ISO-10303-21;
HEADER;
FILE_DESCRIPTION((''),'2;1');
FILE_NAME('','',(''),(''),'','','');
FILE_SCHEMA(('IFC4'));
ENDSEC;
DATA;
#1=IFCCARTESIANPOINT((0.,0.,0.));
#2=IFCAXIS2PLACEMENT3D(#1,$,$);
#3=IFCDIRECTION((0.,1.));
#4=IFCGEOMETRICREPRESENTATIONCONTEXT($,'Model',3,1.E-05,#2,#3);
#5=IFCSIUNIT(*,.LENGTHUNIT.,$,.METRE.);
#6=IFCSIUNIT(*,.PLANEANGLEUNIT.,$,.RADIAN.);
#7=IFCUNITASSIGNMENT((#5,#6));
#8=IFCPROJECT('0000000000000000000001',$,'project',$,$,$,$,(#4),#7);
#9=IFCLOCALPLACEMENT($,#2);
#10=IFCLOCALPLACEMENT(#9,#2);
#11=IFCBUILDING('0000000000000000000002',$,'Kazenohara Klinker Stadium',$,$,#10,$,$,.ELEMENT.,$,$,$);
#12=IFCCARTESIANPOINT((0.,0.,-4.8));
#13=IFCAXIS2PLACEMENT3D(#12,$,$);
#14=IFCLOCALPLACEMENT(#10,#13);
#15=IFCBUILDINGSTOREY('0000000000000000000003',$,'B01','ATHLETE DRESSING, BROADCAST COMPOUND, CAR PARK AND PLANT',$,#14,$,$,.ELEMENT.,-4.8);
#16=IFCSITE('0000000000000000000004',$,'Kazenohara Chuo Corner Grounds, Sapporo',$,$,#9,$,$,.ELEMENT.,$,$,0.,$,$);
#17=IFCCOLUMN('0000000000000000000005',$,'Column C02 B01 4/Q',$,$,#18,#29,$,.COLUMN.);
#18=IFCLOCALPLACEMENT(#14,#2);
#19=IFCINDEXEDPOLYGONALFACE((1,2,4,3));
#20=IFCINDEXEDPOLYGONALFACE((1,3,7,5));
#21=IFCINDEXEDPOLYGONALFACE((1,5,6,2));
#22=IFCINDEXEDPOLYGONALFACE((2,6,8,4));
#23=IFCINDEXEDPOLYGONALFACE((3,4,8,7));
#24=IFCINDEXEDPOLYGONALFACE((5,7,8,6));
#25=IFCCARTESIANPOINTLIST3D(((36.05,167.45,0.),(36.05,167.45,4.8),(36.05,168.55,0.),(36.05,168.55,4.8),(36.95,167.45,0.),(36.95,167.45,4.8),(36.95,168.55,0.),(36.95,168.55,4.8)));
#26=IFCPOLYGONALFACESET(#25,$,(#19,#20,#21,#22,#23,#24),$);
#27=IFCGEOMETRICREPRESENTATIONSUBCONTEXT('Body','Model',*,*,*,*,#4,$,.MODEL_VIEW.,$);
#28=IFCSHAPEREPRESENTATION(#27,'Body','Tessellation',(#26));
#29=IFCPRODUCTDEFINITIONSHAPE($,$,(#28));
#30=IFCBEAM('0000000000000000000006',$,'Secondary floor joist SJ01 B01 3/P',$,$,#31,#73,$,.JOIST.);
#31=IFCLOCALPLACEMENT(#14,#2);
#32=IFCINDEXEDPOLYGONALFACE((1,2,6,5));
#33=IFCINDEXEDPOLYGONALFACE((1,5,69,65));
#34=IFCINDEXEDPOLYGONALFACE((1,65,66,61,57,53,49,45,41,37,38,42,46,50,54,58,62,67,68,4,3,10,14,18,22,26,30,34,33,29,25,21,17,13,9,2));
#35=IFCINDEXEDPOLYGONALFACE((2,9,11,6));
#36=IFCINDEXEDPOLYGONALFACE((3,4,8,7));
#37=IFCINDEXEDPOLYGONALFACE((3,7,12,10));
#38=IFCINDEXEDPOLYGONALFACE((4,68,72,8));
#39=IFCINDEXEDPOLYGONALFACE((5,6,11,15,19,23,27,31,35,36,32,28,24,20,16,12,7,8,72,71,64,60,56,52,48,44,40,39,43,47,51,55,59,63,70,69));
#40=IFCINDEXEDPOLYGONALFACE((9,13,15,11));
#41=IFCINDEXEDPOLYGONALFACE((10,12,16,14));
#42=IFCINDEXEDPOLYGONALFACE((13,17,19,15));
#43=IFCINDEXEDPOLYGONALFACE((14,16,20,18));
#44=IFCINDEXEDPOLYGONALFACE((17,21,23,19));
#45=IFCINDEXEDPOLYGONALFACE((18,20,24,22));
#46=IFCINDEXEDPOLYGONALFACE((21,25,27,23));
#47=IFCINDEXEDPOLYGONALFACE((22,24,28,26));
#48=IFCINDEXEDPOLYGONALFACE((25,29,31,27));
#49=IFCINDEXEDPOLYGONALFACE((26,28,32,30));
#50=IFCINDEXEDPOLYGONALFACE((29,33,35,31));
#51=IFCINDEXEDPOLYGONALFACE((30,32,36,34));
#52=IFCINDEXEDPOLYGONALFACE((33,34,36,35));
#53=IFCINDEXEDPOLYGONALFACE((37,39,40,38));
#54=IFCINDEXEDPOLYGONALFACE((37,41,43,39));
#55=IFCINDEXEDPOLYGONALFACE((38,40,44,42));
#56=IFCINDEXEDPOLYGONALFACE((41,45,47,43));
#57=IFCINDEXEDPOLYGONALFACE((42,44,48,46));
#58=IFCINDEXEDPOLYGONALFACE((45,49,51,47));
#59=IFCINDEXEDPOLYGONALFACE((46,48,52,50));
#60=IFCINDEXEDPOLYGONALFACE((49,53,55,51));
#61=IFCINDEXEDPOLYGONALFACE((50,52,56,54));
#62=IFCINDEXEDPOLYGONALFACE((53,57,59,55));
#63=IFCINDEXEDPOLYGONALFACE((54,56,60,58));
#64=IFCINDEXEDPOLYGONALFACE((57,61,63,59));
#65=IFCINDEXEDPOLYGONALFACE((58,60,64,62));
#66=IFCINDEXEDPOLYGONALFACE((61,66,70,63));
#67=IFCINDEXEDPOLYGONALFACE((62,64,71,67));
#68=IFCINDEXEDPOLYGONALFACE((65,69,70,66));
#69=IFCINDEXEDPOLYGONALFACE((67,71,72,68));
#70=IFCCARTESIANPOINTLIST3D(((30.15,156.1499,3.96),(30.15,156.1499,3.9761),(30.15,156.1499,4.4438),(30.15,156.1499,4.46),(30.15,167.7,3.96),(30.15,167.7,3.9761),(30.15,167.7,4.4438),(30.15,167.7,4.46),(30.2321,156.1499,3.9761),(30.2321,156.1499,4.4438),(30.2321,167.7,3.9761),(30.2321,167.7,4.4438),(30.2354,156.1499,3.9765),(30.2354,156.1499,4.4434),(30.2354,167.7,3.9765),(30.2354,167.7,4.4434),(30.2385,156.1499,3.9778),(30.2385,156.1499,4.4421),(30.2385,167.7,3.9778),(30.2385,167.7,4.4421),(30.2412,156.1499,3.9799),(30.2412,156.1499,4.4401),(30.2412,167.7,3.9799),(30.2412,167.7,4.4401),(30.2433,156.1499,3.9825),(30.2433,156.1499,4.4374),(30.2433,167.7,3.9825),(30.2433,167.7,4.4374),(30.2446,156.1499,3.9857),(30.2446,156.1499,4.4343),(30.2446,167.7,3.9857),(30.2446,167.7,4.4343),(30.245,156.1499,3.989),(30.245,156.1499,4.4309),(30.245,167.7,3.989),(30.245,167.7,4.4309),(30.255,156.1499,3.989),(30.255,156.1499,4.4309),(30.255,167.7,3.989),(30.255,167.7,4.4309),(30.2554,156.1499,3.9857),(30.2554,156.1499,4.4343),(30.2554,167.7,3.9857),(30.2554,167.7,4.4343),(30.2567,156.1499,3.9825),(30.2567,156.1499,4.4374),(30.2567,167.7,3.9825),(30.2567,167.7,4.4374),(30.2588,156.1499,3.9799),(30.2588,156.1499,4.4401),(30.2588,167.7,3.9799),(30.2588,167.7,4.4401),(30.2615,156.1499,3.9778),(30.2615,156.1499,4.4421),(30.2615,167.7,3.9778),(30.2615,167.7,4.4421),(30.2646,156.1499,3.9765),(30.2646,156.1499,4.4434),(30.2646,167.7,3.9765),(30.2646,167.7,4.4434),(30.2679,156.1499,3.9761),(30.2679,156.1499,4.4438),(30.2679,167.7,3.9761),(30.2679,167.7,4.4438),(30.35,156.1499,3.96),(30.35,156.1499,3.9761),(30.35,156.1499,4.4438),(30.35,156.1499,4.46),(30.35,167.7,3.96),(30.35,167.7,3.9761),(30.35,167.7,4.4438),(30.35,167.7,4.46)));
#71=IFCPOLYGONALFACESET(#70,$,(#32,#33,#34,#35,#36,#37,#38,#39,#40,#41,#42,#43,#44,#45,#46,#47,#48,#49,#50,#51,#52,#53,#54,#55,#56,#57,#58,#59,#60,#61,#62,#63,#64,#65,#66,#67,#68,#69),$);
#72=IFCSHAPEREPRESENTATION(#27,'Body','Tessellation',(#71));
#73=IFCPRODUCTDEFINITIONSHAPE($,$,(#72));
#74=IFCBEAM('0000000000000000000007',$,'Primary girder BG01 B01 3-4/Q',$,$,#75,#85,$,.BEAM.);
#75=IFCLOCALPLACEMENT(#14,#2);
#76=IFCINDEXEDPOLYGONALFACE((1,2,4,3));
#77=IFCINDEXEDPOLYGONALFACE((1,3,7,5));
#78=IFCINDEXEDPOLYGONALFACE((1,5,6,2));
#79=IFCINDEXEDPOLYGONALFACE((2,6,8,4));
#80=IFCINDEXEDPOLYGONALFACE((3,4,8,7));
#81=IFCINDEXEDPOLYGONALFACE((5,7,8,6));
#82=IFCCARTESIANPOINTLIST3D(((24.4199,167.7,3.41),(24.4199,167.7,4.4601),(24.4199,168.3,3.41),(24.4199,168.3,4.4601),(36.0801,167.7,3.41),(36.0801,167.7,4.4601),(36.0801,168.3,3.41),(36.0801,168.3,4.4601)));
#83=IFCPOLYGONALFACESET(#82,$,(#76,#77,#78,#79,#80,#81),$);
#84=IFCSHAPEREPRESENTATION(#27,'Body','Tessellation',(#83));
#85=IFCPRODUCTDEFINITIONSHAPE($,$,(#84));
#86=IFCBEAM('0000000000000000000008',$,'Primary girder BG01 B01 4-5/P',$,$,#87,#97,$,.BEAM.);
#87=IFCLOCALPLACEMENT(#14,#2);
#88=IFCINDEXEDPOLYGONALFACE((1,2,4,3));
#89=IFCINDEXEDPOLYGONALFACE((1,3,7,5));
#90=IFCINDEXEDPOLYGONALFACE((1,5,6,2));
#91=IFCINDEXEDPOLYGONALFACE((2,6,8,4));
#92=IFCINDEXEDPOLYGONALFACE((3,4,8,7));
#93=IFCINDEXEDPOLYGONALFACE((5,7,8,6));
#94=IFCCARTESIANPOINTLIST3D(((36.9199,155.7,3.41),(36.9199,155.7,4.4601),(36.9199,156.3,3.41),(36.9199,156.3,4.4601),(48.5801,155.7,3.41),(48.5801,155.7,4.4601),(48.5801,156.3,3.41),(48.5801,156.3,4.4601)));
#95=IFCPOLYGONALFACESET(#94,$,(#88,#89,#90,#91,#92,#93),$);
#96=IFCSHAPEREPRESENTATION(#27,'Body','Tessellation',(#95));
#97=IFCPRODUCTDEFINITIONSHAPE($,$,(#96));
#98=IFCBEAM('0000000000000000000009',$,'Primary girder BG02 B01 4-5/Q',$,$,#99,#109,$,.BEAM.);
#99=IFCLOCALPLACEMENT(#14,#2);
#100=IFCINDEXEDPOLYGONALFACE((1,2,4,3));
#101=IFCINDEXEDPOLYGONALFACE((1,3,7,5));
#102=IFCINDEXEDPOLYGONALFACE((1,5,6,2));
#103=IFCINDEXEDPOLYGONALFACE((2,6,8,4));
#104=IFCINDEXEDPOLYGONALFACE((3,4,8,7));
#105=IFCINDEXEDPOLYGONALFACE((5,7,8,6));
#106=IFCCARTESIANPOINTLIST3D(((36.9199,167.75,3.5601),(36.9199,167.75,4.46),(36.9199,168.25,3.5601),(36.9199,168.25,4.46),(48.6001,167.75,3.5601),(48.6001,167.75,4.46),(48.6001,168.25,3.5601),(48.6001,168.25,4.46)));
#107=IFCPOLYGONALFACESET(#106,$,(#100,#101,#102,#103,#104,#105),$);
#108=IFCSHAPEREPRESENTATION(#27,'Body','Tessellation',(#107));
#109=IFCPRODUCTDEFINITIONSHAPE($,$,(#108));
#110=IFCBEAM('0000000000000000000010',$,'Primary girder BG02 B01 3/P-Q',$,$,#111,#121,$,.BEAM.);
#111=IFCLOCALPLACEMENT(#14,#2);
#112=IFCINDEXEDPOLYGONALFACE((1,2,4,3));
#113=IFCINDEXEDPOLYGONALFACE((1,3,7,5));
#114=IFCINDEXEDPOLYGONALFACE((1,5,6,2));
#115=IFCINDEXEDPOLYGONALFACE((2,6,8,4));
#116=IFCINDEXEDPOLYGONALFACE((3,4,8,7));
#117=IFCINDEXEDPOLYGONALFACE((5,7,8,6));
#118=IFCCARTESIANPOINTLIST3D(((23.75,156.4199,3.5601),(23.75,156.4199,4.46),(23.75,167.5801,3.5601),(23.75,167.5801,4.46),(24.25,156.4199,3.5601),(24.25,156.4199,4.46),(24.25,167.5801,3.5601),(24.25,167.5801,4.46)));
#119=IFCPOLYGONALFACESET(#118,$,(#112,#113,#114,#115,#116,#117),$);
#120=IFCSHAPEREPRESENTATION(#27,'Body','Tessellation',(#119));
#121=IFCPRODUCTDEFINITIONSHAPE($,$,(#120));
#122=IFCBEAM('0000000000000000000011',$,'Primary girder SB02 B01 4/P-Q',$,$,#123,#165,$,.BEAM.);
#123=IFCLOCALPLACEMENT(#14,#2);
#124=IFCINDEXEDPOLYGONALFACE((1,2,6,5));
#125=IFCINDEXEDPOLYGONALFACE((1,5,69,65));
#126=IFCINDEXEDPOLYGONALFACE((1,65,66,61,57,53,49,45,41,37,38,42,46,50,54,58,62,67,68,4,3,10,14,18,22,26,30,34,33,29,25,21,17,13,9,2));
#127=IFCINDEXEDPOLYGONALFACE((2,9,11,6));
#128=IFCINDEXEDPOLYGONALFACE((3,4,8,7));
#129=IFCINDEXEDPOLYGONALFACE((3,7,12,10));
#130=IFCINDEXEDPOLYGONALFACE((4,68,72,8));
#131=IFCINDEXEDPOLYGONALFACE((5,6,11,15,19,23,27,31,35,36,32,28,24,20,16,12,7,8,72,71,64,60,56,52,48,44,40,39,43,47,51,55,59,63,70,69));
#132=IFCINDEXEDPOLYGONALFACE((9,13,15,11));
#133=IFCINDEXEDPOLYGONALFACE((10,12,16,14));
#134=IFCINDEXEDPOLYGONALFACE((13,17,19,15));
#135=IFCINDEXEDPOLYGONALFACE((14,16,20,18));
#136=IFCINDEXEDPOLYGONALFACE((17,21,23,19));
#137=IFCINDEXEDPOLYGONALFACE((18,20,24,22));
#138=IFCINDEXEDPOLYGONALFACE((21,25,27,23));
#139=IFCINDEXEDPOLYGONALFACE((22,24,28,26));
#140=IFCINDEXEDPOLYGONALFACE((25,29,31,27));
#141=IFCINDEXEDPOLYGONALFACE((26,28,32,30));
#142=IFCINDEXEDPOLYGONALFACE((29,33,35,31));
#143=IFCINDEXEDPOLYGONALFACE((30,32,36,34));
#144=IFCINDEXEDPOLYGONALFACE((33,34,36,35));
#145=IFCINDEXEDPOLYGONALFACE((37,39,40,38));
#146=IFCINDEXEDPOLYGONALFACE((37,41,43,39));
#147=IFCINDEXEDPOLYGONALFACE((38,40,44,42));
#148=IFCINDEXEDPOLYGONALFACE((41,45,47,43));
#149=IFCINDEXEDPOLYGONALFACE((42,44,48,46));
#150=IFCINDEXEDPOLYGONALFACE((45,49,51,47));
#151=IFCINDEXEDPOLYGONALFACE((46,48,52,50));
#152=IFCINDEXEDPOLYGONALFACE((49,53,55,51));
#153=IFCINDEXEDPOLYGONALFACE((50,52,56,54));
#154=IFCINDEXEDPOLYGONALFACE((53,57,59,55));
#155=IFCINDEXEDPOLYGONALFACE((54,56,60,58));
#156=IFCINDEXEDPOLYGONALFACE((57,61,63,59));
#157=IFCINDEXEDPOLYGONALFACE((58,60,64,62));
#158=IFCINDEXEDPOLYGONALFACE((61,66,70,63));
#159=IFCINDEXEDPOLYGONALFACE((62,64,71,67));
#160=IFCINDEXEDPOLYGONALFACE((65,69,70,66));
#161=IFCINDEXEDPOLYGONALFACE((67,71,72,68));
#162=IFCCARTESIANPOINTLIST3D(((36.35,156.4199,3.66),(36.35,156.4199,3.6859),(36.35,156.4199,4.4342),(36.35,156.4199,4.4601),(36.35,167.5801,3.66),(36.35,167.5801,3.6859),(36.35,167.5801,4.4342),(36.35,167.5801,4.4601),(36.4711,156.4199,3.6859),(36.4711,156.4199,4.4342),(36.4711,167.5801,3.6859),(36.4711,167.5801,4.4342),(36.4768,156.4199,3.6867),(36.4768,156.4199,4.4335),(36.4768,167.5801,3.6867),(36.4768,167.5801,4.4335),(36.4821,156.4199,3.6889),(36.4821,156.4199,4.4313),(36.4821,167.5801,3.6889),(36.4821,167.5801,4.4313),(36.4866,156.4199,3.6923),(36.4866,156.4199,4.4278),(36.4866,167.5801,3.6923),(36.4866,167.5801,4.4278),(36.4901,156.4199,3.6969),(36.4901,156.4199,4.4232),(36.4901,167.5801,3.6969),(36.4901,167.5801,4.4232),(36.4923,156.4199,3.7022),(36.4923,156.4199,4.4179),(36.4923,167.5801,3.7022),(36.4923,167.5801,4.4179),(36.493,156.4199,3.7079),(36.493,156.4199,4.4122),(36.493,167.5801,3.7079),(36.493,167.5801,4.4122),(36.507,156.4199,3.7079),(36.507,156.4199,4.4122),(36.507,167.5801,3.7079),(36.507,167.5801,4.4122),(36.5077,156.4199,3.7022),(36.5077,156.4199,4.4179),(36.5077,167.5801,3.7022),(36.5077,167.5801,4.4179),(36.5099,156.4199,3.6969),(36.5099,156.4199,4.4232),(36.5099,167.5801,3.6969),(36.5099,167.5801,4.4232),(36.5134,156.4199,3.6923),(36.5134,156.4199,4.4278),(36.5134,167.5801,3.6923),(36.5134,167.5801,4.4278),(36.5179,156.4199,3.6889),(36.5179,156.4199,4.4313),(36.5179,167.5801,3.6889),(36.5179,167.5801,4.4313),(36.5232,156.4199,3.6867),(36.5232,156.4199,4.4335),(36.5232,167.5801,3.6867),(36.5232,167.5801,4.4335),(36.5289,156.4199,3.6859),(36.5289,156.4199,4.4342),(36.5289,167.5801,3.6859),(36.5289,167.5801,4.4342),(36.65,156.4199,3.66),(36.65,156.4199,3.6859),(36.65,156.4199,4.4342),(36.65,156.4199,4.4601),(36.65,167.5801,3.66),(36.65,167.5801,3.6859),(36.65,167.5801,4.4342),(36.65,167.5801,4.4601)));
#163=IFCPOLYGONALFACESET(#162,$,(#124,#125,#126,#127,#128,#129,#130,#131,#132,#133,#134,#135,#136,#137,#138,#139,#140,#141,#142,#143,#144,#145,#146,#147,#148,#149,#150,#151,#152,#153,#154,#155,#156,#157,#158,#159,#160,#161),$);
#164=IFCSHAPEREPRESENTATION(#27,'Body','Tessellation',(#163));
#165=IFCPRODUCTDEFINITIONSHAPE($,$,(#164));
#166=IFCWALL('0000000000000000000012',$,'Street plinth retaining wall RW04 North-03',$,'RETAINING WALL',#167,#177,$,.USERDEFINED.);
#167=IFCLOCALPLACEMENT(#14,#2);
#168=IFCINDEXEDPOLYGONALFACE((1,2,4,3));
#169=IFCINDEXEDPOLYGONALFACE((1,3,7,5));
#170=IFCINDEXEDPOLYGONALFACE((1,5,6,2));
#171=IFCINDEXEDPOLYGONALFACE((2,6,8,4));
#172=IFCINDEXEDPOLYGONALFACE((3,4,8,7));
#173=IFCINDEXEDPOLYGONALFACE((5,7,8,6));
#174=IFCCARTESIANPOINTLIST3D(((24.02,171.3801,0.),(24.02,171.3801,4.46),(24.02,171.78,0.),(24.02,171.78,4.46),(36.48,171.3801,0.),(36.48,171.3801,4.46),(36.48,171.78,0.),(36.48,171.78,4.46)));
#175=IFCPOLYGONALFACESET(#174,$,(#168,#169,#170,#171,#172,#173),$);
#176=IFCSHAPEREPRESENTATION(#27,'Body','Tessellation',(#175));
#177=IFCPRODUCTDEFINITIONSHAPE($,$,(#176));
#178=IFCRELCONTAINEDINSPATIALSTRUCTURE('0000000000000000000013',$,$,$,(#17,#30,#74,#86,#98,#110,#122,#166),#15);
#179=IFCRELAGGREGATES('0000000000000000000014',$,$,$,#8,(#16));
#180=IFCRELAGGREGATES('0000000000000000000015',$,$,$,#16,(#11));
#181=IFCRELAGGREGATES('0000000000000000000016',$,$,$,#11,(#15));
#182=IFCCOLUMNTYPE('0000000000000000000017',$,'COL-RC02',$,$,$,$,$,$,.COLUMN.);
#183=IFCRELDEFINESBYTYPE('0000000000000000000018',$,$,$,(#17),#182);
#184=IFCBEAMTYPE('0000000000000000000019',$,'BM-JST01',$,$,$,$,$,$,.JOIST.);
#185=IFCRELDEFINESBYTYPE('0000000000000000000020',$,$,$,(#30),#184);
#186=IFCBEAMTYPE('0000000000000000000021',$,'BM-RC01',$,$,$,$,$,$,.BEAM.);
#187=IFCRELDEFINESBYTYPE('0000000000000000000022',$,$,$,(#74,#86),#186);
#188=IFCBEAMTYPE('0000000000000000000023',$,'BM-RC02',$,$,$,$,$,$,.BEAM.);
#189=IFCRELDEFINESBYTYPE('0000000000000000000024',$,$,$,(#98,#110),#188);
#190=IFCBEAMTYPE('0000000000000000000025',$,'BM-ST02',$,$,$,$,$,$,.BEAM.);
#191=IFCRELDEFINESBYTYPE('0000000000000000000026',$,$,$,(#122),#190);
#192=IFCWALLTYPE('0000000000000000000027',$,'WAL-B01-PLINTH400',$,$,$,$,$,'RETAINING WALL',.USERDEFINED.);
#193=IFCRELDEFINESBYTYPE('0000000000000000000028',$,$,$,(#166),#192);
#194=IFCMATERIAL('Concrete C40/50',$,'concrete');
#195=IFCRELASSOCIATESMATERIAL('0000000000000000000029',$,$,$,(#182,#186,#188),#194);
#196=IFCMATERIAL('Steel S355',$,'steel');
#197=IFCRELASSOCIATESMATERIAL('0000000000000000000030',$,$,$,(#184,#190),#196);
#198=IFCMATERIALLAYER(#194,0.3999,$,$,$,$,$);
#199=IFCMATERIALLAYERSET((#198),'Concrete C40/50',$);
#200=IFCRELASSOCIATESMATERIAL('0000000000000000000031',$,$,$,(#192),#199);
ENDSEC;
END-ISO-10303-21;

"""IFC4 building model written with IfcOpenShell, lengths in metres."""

from ifc_helpers import new_model, si_unit, direction, frame, frame_2d, origin, origin_2d, place, context, subcontext, project, spatial, rectangle, i_section, extrude, material, layer, layer_set, material_profile, profile_set, type_object, element, save


model = new_model("IFC4")

# Units and contexts
model_context = context("Model", 3, precision=1e-05, world=origin(), true_north=direction((0.0, 1.0)))
body_context = subcontext(model_context, "Body", "Model", "MODEL_VIEW")
ifc_project = project(units=[si_unit("LENGTHUNIT", "METRE"), si_unit("PLANEANGLEUNIT", "RADIAN")], contexts=[model_context])

# Site, building, storey
site_placement = place(None, origin())
site = spatial("IfcSite", under=ifc_project, at=site_placement, Name="Kazenohara Chuo Corner Grounds, Sapporo", CompositionType="ELEMENT", RefElevation=0.0)
building_placement = place(site_placement, origin())
building = spatial("IfcBuilding", under=site, at=building_placement, Name="Kazenohara Klinker Stadium", CompositionType="ELEMENT")
storey_placement = place(building_placement, frame((0.0, 0.0, -4.8)))
storey = spatial("IfcBuildingStorey", under=building, at=storey_placement, Name="B01", Description="ATHLETE DRESSING, BROADCAST COMPOUND, CAR PARK AND PLANT", CompositionType="ELEMENT", Elevation=-4.8)

# Column
ifc_material_1 = material(Name="Concrete C40/50", Category="concrete")
ifc_material_profile_1 = material_profile(ifc_material_1, rectangle(XDim=0.8999, YDim=1.1001, at=origin_2d()), Name="RC-COL-1100x900")
ifc_profile_set_1 = profile_set([ifc_material_profile_1], Name="Concrete C40/50")
column_type_1 = type_object("IfcColumnType", Name="COL-RC02", PredefinedType="COLUMN", material=ifc_profile_set_1)
column_placement = place(storey_placement, frame((36.5, 168.0, 0.0), z_axis=(0.0, 0.0, 1.0), x_axis=(1.0, 0.0, 0.0)))
element("IfcColumn", 1, at=column_placement, inside=storey, type_object=column_type_1, Name="Column C02 B01 4/Q", PredefinedType="COLUMN", context=body_context, shape_type="SweptSolid", body=[
    extrude(rectangle(XDim=0.8999, YDim=1.1001, at=origin_2d()), origin(), (0.0, 0.0, 1.0), 4.8),
])

# Beams
ifc_material_2 = material(Name="Steel S355", Category="steel")
ifc_material_profile_2 = material_profile(ifc_material_2, i_section(OverallWidth=0.2, OverallDepth=0.5, WebThickness=0.01, FlangeThickness=0.0161, FilletRadius=0.0129, at=origin_2d()), Name="H-500x200x10x16")
ifc_profile_set_2 = profile_set([ifc_material_profile_2], Name="Steel S355")
beam_type_1 = type_object("IfcBeamType", Name="BM-JST01", PredefinedType="JOIST", material=ifc_profile_set_2)
beam_1_placement = place(storey_placement, frame((30.25, 156.1499, 4.21), z_axis=(0.0, 1.0, 0.0), x_axis=(-1.0, 0.0, 0.0)))
element("IfcBeam", 2, at=beam_1_placement, inside=storey, type_object=beam_type_1, Name="Secondary floor joist SJ01 B01 3/P", PredefinedType="JOIST", context=body_context, shape_type="SweptSolid", body=[
    extrude(i_section(OverallWidth=0.2, OverallDepth=0.5, WebThickness=0.01, FlangeThickness=0.0161, FilletRadius=0.0129, at=origin_2d()), origin(), (0.0, 0.0, 1.0), 11.55),
])
ifc_material_profile_3 = material_profile(ifc_material_1, rectangle(XDim=0.6001, YDim=1.05, at=origin_2d()), Name="RC-BM-600x1050")
ifc_profile_set_3 = profile_set([ifc_material_profile_3], Name="Concrete C40/50")
beam_type_2 = type_object("IfcBeamType", Name="BM-RC01", PredefinedType="BEAM", material=ifc_profile_set_3)
for number, where, z_axis, x_axis, name in (
    (3, (24.4199, 168.0, 3.9351), (1.0, 0.0, 0.0), (0.0, 1.0, 0.0), "Primary girder BG01 B01 3-4/Q"),
    (4, (36.9199, 156.0, 3.9351), (1.0, 0.0, 0.0), (0.0, 1.0, 0.0), "Primary girder BG01 B01 4-5/P"),
):
    element("IfcBeam", number, at=place(storey_placement, frame(where, z_axis=z_axis, x_axis=x_axis)), inside=storey, type_object=beam_type_2, Name=name, PredefinedType="BEAM", context=body_context, shape_type="SweptSolid", body=[
        extrude(rectangle(XDim=0.6001, YDim=1.05, at=origin_2d()), origin(), (0.0, 0.0, 1.0), 11.6602),
    ])
ifc_material_profile_4 = material_profile(ifc_material_1, rectangle(XDim=0.5, YDim=0.8999, at=origin_2d()), Name="RC-BM-500x900")
ifc_profile_set_4 = profile_set([ifc_material_profile_4], Name="Concrete C40/50")
beam_type_3 = type_object("IfcBeamType", Name="BM-RC02", PredefinedType="BEAM", material=ifc_profile_set_4)
beam_2_placement = place(storey_placement, frame((36.9199, 168.0, 4.01), z_axis=(1.0, 0.0, 0.0), x_axis=(0.0, 1.0, 0.0)))
element("IfcBeam", 5, at=beam_2_placement, inside=storey, type_object=beam_type_3, Name="Primary girder BG02 B01 4-5/Q", PredefinedType="BEAM", context=body_context, shape_type="SweptSolid", body=[
    extrude(rectangle(XDim=0.5, YDim=0.8999, at=origin_2d()), origin(), (0.0, 0.0, 1.0), 11.6802),
])
beam_3_placement = place(storey_placement, frame((24.0, 156.4199, 4.01), z_axis=(0.0, 1.0, 0.0), x_axis=(-1.0, 0.0, 0.0)))
element("IfcBeam", 6, at=beam_3_placement, inside=storey, type_object=beam_type_3, Name="Primary girder BG02 B01 3/P-Q", PredefinedType="BEAM", context=body_context, shape_type="SweptSolid", body=[
    extrude(rectangle(XDim=0.5, YDim=0.8999, at=origin_2d()), origin(), (0.0, 0.0, 1.0), 11.1602),
])
ifc_material_profile_5 = material_profile(ifc_material_2, i_section(OverallWidth=0.3, OverallDepth=0.8, WebThickness=0.0139, FlangeThickness=0.0259, FilletRadius=0.022, at=origin_2d()), Name="H-800x300x14x26")
ifc_profile_set_5 = profile_set([ifc_material_profile_5], Name="Steel S355")
beam_type_4 = type_object("IfcBeamType", Name="BM-ST02", PredefinedType="BEAM", material=ifc_profile_set_5)
beam_4_placement = place(storey_placement, frame((36.5, 156.4199, 4.0601), z_axis=(0.0, 1.0, 0.0), x_axis=(-1.0, 0.0, 0.0)))
element("IfcBeam", 7, at=beam_4_placement, inside=storey, type_object=beam_type_4, Name="Primary girder SB02 B01 4/P-Q", PredefinedType="BEAM", context=body_context, shape_type="SweptSolid", body=[
    extrude(i_section(OverallWidth=0.3, OverallDepth=0.8, WebThickness=0.0139, FlangeThickness=0.0259, FilletRadius=0.022, at=origin_2d()), origin(), (0.0, 0.0, 1.0), 11.1602),
])

# Wall
ifc_layer_1 = layer(ifc_material_1, 0.3999)
ifc_layer_set_1 = layer_set([ifc_layer_1], Name="Concrete C40/50")
wall_type_1 = type_object("IfcWallType", Name="WAL-B01-PLINTH400", ElementType="RETAINING WALL", PredefinedType="USERDEFINED", material=ifc_layer_set_1)
wall_1_placement = place(storey_placement, frame((24.02, 171.5801, 0.0), z_axis=(0.0, 0.0, 1.0), x_axis=(1.0, 0.0, 0.0)))
element("IfcWall", 8, at=wall_1_placement, inside=storey, type_object=wall_type_1, Name="Street plinth retaining wall RW04 North-03", ObjectType="RETAINING WALL", PredefinedType="USERDEFINED", context=body_context, shape_type="SweptSolid", body=[
    extrude(rectangle(XDim=12.46, YDim=0.3999, at=frame_2d((6.23, 0.0))), origin(), (0.0, 0.0, 1.0), 4.46),
])

save(model, "model.ifc")
